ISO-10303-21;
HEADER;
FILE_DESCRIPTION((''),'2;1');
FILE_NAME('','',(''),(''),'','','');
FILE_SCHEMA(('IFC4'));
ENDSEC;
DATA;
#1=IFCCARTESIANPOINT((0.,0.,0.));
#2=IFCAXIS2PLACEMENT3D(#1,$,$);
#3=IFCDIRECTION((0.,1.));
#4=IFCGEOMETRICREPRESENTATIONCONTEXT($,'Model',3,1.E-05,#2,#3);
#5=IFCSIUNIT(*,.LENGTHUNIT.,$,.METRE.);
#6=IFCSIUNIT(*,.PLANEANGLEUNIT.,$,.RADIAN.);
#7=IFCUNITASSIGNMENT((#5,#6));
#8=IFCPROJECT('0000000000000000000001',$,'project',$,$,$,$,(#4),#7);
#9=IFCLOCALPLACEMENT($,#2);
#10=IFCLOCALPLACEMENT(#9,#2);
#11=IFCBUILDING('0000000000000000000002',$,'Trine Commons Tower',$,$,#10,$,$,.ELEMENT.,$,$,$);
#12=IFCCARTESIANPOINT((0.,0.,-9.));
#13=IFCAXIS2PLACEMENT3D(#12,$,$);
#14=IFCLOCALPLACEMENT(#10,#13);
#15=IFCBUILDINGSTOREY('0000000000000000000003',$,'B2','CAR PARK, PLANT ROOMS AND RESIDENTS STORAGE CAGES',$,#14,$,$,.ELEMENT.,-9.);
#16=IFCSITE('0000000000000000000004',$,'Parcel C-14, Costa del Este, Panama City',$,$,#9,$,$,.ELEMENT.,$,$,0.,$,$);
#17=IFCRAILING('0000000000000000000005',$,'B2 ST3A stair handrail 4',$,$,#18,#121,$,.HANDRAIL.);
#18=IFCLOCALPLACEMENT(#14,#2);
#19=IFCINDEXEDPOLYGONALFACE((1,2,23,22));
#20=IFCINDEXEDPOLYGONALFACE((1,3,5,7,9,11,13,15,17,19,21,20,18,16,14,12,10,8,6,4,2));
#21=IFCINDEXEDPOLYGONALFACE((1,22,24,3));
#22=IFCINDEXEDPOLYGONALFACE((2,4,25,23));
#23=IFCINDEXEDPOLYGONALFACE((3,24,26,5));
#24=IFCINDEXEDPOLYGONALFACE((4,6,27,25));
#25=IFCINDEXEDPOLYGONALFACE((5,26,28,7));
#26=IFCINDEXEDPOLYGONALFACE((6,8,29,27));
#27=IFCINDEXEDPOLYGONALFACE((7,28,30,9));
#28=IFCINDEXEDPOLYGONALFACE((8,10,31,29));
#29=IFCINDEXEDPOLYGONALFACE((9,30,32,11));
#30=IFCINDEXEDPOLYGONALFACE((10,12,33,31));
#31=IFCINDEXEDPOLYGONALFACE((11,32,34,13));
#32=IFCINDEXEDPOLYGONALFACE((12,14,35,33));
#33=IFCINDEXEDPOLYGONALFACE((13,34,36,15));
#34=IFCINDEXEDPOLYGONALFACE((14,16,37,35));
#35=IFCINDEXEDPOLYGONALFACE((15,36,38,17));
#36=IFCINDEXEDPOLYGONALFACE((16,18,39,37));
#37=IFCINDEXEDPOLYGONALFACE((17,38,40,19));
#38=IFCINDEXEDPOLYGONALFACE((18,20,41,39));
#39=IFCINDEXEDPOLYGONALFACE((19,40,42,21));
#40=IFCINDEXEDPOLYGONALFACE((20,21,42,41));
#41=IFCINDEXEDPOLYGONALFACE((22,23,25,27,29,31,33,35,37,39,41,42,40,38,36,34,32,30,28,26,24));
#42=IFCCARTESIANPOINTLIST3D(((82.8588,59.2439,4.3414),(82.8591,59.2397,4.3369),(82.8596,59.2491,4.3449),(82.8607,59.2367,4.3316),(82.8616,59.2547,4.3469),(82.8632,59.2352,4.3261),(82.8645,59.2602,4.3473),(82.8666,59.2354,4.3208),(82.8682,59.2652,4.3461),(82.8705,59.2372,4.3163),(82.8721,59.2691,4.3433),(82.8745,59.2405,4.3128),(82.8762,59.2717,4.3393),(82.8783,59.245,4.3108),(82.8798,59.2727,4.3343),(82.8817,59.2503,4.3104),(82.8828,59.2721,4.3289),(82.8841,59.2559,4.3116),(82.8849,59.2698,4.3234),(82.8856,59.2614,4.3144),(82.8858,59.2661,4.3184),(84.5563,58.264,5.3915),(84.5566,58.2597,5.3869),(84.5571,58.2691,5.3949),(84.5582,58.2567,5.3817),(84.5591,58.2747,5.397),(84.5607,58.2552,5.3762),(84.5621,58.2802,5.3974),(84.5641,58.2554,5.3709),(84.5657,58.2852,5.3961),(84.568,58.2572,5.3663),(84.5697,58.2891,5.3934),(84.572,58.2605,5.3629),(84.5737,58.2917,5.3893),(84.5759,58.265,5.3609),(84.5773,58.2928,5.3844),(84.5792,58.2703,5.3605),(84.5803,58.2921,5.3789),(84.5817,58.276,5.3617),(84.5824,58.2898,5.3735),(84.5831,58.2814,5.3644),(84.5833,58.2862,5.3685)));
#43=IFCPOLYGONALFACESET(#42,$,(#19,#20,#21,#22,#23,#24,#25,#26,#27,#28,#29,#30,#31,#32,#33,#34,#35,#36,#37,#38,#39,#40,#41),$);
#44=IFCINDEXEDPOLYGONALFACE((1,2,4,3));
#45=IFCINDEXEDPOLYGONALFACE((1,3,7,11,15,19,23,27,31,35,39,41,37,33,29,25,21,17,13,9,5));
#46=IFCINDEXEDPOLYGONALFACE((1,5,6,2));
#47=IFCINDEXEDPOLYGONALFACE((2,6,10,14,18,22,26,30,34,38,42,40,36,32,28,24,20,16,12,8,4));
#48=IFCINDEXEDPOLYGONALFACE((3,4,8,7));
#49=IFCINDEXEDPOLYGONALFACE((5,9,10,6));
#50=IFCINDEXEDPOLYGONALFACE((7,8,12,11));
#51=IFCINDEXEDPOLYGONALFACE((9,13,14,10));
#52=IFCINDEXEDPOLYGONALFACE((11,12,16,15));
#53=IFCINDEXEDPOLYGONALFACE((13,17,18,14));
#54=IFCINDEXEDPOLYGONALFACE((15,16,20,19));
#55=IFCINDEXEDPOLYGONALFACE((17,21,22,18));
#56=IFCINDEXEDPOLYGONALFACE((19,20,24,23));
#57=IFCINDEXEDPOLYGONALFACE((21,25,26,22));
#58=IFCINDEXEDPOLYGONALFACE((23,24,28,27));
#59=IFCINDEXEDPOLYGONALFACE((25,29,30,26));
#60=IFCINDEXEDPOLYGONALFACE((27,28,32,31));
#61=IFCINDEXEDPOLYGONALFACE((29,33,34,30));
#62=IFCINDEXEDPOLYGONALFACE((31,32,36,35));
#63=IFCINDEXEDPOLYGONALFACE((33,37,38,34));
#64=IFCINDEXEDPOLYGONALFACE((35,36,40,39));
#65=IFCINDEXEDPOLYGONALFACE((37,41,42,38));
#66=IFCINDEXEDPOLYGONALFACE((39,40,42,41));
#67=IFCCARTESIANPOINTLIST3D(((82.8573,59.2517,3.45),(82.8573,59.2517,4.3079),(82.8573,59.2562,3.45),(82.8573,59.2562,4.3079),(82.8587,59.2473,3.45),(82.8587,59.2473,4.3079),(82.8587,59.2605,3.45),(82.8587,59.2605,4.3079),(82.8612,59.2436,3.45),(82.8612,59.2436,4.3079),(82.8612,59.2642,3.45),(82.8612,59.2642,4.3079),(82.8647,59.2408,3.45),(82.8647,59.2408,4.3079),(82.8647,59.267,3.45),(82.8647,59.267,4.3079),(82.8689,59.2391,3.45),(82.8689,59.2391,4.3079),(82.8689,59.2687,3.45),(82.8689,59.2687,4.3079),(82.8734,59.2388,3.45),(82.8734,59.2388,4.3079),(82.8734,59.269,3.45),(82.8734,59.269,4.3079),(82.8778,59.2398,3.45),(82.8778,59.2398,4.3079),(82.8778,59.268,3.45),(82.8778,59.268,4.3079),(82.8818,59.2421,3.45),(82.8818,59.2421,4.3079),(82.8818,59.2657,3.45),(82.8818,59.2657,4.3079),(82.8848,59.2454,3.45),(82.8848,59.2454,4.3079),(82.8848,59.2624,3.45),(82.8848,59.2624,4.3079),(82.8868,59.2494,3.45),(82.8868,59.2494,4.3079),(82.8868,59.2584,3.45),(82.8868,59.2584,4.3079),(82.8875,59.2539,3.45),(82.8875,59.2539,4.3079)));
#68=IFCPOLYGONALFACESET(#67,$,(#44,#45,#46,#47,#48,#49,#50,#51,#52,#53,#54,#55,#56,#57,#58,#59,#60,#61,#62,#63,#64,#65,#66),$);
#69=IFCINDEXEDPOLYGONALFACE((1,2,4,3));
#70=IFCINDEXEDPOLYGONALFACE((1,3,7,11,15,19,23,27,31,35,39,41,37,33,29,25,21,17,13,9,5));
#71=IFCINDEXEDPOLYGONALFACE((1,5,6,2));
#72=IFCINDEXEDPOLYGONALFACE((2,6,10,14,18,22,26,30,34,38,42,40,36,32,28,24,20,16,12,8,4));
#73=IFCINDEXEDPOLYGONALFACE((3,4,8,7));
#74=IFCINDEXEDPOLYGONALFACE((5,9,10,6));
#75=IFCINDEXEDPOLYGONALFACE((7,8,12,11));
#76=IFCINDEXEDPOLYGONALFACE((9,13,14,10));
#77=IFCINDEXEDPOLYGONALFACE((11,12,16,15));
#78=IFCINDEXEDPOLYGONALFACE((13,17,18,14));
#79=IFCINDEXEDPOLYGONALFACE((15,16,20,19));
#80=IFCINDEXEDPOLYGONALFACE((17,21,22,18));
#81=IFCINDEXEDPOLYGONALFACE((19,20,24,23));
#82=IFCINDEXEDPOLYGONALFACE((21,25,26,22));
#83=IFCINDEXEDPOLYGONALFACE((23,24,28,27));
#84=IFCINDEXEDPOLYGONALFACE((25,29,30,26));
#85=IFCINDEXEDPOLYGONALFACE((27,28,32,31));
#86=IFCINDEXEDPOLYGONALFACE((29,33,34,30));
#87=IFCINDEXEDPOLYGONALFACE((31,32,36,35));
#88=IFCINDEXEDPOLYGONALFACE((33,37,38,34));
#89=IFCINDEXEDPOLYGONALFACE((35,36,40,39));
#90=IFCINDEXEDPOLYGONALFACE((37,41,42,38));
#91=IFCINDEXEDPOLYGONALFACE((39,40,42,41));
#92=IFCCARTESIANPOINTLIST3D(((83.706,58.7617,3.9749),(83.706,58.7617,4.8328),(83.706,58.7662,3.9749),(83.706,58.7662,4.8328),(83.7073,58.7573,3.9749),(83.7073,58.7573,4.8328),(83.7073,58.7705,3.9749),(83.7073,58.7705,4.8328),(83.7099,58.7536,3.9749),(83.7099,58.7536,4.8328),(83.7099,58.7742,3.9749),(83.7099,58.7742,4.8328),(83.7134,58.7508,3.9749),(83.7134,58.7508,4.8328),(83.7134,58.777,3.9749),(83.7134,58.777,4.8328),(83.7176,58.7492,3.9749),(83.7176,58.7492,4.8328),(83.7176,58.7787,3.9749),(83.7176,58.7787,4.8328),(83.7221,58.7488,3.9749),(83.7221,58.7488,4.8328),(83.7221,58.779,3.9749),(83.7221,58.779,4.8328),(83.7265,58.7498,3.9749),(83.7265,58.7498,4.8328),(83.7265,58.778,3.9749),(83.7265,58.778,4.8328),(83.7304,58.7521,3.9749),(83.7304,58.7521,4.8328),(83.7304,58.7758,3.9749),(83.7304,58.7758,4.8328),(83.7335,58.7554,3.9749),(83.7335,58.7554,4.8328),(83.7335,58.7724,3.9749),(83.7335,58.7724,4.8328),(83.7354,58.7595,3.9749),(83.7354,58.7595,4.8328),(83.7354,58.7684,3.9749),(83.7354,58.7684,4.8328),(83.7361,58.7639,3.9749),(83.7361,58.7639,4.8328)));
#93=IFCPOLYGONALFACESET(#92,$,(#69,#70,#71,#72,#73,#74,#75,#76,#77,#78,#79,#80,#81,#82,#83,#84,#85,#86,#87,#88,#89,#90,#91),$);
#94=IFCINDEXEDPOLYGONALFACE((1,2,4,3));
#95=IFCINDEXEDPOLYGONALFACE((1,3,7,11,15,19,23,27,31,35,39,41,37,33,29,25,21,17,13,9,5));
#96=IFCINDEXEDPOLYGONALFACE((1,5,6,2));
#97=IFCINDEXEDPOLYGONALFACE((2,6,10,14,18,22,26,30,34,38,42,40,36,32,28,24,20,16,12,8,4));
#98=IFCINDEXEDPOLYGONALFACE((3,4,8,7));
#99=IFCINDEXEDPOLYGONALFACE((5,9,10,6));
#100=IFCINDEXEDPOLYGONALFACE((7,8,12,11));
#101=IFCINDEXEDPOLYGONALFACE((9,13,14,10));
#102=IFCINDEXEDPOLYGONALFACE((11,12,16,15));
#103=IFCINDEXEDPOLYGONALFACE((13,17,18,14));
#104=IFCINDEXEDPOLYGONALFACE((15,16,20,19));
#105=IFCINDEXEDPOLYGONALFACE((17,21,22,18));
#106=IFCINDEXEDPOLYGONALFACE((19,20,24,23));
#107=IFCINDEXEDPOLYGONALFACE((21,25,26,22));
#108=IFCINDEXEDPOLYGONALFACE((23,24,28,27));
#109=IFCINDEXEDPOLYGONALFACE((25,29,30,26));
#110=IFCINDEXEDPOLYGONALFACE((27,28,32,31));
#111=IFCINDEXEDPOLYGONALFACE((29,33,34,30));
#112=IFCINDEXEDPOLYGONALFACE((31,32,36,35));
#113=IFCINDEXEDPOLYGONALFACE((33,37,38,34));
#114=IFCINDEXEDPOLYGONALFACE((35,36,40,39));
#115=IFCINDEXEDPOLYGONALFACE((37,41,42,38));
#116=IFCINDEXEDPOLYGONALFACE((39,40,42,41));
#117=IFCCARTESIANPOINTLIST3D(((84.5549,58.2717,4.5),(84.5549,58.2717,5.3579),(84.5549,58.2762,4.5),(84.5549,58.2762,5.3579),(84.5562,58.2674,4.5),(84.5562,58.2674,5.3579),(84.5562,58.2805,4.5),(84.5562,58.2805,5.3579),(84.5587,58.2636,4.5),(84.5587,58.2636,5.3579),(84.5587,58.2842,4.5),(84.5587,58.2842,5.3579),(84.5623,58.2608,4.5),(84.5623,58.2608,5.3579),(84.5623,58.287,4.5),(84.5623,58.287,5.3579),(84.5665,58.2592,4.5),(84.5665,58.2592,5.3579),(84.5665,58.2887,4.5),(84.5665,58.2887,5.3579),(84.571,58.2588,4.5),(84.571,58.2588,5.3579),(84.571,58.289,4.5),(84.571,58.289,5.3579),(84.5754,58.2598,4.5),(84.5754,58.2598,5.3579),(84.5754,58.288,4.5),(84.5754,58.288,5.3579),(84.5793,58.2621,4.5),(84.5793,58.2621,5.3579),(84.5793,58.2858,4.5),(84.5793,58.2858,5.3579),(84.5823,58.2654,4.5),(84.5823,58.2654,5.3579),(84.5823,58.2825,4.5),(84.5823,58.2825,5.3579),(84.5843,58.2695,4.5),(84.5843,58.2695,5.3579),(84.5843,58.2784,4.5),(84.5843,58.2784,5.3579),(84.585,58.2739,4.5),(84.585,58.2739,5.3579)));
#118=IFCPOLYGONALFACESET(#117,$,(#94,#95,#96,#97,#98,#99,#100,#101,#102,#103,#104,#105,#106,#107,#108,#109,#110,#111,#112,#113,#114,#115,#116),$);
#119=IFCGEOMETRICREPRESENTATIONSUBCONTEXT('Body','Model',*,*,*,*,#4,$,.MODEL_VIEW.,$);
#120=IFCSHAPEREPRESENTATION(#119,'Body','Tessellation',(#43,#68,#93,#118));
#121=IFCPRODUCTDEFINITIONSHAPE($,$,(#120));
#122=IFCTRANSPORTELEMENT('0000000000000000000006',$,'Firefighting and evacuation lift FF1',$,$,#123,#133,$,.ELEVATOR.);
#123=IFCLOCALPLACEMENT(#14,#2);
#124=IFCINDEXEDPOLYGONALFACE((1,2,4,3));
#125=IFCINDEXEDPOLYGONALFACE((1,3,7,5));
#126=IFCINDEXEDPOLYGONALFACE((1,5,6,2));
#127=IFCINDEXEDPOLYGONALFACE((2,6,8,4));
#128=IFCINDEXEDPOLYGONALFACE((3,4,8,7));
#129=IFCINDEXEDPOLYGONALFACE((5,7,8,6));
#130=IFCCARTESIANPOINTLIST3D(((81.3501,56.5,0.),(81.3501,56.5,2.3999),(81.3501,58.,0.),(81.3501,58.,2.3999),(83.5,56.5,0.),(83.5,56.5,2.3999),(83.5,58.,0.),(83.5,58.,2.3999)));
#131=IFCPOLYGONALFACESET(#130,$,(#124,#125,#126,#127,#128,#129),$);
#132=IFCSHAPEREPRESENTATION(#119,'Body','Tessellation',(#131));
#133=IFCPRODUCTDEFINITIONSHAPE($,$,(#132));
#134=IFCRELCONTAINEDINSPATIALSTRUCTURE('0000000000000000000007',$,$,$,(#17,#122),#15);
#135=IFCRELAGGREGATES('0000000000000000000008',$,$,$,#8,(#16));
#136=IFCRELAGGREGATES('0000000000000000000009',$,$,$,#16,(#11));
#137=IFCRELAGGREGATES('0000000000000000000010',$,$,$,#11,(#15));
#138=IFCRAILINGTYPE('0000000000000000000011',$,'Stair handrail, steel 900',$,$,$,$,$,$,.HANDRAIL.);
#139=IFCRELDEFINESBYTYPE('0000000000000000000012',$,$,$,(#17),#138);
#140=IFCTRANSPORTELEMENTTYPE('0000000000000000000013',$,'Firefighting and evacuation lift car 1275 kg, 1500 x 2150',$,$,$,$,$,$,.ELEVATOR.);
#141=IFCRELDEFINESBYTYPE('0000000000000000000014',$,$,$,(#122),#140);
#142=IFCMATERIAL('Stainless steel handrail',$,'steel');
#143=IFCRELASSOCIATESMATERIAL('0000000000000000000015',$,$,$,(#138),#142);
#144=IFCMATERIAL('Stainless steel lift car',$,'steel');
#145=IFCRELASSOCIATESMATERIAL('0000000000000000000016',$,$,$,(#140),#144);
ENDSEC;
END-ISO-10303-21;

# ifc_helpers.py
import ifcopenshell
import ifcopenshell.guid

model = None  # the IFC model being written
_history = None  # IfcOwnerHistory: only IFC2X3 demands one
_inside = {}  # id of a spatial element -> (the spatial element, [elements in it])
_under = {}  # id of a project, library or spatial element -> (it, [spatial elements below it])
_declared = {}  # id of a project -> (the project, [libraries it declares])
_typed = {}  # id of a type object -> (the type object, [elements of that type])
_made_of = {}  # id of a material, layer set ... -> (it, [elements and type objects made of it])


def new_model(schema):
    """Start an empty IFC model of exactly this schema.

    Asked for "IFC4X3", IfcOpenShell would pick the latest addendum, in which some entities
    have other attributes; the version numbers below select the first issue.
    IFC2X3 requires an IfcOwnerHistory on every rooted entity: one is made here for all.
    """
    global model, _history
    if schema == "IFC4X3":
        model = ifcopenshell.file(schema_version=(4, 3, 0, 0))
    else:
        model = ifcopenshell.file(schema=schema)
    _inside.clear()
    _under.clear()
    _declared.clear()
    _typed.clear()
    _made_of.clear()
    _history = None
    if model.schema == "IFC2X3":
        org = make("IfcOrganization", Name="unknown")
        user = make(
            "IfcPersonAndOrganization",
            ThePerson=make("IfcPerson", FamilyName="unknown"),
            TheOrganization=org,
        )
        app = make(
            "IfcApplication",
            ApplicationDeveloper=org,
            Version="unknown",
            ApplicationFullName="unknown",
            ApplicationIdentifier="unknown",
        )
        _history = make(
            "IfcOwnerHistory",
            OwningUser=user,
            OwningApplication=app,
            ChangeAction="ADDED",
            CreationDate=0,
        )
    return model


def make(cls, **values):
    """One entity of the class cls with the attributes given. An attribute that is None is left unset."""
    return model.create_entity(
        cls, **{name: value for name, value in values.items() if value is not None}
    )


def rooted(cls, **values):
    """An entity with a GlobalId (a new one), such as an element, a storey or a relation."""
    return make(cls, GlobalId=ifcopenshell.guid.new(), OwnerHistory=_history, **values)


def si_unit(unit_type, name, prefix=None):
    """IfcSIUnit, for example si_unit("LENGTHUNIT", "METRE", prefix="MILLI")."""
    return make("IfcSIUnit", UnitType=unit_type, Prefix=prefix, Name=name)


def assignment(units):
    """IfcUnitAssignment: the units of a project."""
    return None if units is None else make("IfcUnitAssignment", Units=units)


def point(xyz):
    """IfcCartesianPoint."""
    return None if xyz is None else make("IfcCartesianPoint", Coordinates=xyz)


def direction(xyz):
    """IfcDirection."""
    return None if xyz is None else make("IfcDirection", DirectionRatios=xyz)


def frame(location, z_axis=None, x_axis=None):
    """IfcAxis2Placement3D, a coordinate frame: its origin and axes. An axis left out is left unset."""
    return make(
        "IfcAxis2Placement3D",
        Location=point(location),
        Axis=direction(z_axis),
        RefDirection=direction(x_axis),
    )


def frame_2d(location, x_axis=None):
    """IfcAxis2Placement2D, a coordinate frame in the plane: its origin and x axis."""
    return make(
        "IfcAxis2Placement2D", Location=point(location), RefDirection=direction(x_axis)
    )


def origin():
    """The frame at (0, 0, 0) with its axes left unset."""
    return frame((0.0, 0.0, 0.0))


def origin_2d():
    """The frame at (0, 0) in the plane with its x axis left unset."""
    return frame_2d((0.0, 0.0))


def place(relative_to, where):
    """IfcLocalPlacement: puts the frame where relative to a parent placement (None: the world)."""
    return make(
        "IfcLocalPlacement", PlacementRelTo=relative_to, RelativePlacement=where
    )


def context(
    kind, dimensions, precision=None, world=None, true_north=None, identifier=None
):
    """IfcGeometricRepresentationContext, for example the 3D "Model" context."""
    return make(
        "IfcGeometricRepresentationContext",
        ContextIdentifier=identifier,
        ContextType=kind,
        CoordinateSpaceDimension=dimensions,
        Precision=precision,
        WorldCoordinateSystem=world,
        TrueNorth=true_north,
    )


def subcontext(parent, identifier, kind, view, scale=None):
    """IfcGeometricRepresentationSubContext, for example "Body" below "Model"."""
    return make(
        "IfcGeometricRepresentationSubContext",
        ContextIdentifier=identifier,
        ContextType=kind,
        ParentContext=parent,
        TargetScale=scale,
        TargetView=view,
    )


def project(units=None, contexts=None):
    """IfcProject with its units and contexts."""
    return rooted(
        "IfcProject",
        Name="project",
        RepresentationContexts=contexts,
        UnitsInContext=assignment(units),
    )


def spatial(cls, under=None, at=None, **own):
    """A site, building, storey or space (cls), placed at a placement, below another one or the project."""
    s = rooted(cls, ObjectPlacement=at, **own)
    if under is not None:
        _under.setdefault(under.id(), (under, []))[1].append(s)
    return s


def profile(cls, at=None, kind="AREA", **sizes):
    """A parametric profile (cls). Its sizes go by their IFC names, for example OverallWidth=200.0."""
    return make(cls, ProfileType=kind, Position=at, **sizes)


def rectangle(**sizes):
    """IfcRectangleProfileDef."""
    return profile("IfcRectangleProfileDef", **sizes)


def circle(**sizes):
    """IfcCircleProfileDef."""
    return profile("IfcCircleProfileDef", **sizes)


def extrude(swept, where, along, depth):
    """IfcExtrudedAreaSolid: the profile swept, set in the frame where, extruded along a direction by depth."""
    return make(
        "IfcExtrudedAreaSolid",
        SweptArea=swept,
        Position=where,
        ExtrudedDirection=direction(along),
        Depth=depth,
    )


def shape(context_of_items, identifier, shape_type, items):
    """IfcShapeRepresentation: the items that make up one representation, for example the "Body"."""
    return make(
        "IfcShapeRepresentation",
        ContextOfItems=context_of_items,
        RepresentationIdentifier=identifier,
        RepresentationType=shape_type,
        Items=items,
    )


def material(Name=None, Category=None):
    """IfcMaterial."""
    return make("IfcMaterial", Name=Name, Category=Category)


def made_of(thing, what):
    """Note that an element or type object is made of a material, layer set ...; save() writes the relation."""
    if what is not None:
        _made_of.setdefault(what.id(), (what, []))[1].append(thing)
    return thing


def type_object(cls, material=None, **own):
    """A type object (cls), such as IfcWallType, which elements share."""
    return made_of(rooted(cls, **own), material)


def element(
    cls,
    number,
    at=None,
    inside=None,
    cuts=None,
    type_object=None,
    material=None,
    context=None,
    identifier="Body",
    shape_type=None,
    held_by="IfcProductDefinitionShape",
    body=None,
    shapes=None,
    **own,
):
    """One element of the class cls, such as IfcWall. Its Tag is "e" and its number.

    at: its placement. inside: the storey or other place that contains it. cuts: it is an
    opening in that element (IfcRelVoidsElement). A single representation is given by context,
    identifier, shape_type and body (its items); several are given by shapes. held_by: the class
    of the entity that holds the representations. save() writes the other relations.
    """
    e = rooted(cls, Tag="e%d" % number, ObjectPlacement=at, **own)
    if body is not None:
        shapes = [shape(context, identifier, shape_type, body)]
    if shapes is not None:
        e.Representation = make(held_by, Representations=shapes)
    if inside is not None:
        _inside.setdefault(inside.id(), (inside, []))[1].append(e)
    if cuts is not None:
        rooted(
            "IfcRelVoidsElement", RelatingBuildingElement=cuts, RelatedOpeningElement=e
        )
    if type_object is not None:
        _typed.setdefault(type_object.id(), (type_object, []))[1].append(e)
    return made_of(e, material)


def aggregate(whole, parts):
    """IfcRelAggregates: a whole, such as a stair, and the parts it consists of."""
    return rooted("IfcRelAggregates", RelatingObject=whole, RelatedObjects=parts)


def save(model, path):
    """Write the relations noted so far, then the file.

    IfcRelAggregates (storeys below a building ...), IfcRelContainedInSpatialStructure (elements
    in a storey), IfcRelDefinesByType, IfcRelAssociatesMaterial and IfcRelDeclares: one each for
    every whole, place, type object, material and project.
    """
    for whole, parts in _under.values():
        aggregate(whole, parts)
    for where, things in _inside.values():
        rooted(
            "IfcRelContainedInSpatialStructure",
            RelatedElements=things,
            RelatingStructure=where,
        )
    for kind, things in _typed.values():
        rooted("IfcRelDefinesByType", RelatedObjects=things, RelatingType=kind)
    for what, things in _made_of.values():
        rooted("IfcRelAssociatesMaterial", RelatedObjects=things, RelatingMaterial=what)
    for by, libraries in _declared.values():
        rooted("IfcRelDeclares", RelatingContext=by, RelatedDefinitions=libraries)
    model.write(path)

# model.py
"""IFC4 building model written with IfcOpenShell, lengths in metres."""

from ifc_helpers import new_model, si_unit, direction, frame, origin, origin_2d, place, context, subcontext, project, spatial, rectangle, circle, extrude, material, type_object, element, save


model = new_model("IFC4")

# Units and contexts
model_context = context("Model", 3, precision=1e-05, world=origin(), true_north=direction((0.0, 1.0)))
body_context = subcontext(model_context, "Body", "Model", "MODEL_VIEW")
ifc_project = project(units=[si_unit("LENGTHUNIT", "METRE"), si_unit("PLANEANGLEUNIT", "RADIAN")], contexts=[model_context])

# Site, building, storey
site_placement = place(None, origin())
site = spatial("IfcSite", under=ifc_project, at=site_placement, Name="Parcel C-14, Costa del Este, Panama City", CompositionType="ELEMENT", RefElevation=0.0)
building_placement = place(site_placement, origin())
building = spatial("IfcBuilding", under=site, at=building_placement, Name="Trine Commons Tower", CompositionType="ELEMENT")
storey_placement = place(building_placement, frame((0.0, 0.0, -9.0)))
storey = spatial("IfcBuildingStorey", under=building, at=storey_placement, Name="B2", Description="CAR PARK, PLANT ROOMS AND RESIDENTS STORAGE CAGES", CompositionType="ELEMENT", Elevation=-9.0)

# Railing
ifc_material_1 = material(Name="Stainless steel handrail", Category="steel")
railing_type_1 = type_object("IfcRailingType", Name="Stair handrail, steel 900", PredefinedType="HANDRAIL", material=ifc_material_1)
railing_1_placement = place(storey_placement, frame((82.8723, 59.2539, 3.45)))
element("IfcRailing", 1, at=railing_1_placement, inside=storey, type_object=railing_type_1, Name="B2 ST3A stair handrail 4", PredefinedType="HANDRAIL", context=body_context, shape_type="SweptSolid", body=[
    extrude(circle(Radius=0.021, at=origin_2d()), frame((0.0, 0.0, 0.8789), z_axis=(0.763398, -0.440713, 0.472224), x_axis=(0.49997, 0.866042, 0.0)), (0.0, 0.0, 1.0), 2.2236),
    extrude(circle(Radius=0.0151, at=origin_2d()), origin(), (0.0, 0.0, 1.0), 0.8579),
    extrude(circle(Radius=0.0151, at=origin_2d()), frame((0.8486, -0.49, 0.5249)), (0.0, 0.0, 1.0), 0.8579),
    extrude(circle(Radius=0.0151, at=origin_2d()), frame((1.6975, -0.98, 1.05)), (0.0, 0.0, 1.0), 0.8579),
])

# Transport element
ifc_material_2 = material(Name="Stainless steel lift car", Category="steel")
transport_element_type = type_object("IfcTransportElementType", Name="Firefighting and evacuation lift car 1275 kg, 1500 x 2150", PredefinedType="ELEVATOR", material=ifc_material_2)
transport_element_placement = place(storey_placement, frame((82.425, 57.25, 0.0), z_axis=(0.0, 0.0, 1.0), x_axis=(0.0, -1.0, 0.0)))
element("IfcTransportElement", 2, at=transport_element_placement, inside=storey, type_object=transport_element_type, Name="Firefighting and evacuation lift FF1", PredefinedType="ELEVATOR", context=body_context, shape_type="SweptSolid", body=[
    extrude(rectangle(XDim=1.5, YDim=2.1499, at=origin_2d()), origin(), (0.0, 0.0, 1.0), 2.3999),
])

save(model, "model.ifc")
